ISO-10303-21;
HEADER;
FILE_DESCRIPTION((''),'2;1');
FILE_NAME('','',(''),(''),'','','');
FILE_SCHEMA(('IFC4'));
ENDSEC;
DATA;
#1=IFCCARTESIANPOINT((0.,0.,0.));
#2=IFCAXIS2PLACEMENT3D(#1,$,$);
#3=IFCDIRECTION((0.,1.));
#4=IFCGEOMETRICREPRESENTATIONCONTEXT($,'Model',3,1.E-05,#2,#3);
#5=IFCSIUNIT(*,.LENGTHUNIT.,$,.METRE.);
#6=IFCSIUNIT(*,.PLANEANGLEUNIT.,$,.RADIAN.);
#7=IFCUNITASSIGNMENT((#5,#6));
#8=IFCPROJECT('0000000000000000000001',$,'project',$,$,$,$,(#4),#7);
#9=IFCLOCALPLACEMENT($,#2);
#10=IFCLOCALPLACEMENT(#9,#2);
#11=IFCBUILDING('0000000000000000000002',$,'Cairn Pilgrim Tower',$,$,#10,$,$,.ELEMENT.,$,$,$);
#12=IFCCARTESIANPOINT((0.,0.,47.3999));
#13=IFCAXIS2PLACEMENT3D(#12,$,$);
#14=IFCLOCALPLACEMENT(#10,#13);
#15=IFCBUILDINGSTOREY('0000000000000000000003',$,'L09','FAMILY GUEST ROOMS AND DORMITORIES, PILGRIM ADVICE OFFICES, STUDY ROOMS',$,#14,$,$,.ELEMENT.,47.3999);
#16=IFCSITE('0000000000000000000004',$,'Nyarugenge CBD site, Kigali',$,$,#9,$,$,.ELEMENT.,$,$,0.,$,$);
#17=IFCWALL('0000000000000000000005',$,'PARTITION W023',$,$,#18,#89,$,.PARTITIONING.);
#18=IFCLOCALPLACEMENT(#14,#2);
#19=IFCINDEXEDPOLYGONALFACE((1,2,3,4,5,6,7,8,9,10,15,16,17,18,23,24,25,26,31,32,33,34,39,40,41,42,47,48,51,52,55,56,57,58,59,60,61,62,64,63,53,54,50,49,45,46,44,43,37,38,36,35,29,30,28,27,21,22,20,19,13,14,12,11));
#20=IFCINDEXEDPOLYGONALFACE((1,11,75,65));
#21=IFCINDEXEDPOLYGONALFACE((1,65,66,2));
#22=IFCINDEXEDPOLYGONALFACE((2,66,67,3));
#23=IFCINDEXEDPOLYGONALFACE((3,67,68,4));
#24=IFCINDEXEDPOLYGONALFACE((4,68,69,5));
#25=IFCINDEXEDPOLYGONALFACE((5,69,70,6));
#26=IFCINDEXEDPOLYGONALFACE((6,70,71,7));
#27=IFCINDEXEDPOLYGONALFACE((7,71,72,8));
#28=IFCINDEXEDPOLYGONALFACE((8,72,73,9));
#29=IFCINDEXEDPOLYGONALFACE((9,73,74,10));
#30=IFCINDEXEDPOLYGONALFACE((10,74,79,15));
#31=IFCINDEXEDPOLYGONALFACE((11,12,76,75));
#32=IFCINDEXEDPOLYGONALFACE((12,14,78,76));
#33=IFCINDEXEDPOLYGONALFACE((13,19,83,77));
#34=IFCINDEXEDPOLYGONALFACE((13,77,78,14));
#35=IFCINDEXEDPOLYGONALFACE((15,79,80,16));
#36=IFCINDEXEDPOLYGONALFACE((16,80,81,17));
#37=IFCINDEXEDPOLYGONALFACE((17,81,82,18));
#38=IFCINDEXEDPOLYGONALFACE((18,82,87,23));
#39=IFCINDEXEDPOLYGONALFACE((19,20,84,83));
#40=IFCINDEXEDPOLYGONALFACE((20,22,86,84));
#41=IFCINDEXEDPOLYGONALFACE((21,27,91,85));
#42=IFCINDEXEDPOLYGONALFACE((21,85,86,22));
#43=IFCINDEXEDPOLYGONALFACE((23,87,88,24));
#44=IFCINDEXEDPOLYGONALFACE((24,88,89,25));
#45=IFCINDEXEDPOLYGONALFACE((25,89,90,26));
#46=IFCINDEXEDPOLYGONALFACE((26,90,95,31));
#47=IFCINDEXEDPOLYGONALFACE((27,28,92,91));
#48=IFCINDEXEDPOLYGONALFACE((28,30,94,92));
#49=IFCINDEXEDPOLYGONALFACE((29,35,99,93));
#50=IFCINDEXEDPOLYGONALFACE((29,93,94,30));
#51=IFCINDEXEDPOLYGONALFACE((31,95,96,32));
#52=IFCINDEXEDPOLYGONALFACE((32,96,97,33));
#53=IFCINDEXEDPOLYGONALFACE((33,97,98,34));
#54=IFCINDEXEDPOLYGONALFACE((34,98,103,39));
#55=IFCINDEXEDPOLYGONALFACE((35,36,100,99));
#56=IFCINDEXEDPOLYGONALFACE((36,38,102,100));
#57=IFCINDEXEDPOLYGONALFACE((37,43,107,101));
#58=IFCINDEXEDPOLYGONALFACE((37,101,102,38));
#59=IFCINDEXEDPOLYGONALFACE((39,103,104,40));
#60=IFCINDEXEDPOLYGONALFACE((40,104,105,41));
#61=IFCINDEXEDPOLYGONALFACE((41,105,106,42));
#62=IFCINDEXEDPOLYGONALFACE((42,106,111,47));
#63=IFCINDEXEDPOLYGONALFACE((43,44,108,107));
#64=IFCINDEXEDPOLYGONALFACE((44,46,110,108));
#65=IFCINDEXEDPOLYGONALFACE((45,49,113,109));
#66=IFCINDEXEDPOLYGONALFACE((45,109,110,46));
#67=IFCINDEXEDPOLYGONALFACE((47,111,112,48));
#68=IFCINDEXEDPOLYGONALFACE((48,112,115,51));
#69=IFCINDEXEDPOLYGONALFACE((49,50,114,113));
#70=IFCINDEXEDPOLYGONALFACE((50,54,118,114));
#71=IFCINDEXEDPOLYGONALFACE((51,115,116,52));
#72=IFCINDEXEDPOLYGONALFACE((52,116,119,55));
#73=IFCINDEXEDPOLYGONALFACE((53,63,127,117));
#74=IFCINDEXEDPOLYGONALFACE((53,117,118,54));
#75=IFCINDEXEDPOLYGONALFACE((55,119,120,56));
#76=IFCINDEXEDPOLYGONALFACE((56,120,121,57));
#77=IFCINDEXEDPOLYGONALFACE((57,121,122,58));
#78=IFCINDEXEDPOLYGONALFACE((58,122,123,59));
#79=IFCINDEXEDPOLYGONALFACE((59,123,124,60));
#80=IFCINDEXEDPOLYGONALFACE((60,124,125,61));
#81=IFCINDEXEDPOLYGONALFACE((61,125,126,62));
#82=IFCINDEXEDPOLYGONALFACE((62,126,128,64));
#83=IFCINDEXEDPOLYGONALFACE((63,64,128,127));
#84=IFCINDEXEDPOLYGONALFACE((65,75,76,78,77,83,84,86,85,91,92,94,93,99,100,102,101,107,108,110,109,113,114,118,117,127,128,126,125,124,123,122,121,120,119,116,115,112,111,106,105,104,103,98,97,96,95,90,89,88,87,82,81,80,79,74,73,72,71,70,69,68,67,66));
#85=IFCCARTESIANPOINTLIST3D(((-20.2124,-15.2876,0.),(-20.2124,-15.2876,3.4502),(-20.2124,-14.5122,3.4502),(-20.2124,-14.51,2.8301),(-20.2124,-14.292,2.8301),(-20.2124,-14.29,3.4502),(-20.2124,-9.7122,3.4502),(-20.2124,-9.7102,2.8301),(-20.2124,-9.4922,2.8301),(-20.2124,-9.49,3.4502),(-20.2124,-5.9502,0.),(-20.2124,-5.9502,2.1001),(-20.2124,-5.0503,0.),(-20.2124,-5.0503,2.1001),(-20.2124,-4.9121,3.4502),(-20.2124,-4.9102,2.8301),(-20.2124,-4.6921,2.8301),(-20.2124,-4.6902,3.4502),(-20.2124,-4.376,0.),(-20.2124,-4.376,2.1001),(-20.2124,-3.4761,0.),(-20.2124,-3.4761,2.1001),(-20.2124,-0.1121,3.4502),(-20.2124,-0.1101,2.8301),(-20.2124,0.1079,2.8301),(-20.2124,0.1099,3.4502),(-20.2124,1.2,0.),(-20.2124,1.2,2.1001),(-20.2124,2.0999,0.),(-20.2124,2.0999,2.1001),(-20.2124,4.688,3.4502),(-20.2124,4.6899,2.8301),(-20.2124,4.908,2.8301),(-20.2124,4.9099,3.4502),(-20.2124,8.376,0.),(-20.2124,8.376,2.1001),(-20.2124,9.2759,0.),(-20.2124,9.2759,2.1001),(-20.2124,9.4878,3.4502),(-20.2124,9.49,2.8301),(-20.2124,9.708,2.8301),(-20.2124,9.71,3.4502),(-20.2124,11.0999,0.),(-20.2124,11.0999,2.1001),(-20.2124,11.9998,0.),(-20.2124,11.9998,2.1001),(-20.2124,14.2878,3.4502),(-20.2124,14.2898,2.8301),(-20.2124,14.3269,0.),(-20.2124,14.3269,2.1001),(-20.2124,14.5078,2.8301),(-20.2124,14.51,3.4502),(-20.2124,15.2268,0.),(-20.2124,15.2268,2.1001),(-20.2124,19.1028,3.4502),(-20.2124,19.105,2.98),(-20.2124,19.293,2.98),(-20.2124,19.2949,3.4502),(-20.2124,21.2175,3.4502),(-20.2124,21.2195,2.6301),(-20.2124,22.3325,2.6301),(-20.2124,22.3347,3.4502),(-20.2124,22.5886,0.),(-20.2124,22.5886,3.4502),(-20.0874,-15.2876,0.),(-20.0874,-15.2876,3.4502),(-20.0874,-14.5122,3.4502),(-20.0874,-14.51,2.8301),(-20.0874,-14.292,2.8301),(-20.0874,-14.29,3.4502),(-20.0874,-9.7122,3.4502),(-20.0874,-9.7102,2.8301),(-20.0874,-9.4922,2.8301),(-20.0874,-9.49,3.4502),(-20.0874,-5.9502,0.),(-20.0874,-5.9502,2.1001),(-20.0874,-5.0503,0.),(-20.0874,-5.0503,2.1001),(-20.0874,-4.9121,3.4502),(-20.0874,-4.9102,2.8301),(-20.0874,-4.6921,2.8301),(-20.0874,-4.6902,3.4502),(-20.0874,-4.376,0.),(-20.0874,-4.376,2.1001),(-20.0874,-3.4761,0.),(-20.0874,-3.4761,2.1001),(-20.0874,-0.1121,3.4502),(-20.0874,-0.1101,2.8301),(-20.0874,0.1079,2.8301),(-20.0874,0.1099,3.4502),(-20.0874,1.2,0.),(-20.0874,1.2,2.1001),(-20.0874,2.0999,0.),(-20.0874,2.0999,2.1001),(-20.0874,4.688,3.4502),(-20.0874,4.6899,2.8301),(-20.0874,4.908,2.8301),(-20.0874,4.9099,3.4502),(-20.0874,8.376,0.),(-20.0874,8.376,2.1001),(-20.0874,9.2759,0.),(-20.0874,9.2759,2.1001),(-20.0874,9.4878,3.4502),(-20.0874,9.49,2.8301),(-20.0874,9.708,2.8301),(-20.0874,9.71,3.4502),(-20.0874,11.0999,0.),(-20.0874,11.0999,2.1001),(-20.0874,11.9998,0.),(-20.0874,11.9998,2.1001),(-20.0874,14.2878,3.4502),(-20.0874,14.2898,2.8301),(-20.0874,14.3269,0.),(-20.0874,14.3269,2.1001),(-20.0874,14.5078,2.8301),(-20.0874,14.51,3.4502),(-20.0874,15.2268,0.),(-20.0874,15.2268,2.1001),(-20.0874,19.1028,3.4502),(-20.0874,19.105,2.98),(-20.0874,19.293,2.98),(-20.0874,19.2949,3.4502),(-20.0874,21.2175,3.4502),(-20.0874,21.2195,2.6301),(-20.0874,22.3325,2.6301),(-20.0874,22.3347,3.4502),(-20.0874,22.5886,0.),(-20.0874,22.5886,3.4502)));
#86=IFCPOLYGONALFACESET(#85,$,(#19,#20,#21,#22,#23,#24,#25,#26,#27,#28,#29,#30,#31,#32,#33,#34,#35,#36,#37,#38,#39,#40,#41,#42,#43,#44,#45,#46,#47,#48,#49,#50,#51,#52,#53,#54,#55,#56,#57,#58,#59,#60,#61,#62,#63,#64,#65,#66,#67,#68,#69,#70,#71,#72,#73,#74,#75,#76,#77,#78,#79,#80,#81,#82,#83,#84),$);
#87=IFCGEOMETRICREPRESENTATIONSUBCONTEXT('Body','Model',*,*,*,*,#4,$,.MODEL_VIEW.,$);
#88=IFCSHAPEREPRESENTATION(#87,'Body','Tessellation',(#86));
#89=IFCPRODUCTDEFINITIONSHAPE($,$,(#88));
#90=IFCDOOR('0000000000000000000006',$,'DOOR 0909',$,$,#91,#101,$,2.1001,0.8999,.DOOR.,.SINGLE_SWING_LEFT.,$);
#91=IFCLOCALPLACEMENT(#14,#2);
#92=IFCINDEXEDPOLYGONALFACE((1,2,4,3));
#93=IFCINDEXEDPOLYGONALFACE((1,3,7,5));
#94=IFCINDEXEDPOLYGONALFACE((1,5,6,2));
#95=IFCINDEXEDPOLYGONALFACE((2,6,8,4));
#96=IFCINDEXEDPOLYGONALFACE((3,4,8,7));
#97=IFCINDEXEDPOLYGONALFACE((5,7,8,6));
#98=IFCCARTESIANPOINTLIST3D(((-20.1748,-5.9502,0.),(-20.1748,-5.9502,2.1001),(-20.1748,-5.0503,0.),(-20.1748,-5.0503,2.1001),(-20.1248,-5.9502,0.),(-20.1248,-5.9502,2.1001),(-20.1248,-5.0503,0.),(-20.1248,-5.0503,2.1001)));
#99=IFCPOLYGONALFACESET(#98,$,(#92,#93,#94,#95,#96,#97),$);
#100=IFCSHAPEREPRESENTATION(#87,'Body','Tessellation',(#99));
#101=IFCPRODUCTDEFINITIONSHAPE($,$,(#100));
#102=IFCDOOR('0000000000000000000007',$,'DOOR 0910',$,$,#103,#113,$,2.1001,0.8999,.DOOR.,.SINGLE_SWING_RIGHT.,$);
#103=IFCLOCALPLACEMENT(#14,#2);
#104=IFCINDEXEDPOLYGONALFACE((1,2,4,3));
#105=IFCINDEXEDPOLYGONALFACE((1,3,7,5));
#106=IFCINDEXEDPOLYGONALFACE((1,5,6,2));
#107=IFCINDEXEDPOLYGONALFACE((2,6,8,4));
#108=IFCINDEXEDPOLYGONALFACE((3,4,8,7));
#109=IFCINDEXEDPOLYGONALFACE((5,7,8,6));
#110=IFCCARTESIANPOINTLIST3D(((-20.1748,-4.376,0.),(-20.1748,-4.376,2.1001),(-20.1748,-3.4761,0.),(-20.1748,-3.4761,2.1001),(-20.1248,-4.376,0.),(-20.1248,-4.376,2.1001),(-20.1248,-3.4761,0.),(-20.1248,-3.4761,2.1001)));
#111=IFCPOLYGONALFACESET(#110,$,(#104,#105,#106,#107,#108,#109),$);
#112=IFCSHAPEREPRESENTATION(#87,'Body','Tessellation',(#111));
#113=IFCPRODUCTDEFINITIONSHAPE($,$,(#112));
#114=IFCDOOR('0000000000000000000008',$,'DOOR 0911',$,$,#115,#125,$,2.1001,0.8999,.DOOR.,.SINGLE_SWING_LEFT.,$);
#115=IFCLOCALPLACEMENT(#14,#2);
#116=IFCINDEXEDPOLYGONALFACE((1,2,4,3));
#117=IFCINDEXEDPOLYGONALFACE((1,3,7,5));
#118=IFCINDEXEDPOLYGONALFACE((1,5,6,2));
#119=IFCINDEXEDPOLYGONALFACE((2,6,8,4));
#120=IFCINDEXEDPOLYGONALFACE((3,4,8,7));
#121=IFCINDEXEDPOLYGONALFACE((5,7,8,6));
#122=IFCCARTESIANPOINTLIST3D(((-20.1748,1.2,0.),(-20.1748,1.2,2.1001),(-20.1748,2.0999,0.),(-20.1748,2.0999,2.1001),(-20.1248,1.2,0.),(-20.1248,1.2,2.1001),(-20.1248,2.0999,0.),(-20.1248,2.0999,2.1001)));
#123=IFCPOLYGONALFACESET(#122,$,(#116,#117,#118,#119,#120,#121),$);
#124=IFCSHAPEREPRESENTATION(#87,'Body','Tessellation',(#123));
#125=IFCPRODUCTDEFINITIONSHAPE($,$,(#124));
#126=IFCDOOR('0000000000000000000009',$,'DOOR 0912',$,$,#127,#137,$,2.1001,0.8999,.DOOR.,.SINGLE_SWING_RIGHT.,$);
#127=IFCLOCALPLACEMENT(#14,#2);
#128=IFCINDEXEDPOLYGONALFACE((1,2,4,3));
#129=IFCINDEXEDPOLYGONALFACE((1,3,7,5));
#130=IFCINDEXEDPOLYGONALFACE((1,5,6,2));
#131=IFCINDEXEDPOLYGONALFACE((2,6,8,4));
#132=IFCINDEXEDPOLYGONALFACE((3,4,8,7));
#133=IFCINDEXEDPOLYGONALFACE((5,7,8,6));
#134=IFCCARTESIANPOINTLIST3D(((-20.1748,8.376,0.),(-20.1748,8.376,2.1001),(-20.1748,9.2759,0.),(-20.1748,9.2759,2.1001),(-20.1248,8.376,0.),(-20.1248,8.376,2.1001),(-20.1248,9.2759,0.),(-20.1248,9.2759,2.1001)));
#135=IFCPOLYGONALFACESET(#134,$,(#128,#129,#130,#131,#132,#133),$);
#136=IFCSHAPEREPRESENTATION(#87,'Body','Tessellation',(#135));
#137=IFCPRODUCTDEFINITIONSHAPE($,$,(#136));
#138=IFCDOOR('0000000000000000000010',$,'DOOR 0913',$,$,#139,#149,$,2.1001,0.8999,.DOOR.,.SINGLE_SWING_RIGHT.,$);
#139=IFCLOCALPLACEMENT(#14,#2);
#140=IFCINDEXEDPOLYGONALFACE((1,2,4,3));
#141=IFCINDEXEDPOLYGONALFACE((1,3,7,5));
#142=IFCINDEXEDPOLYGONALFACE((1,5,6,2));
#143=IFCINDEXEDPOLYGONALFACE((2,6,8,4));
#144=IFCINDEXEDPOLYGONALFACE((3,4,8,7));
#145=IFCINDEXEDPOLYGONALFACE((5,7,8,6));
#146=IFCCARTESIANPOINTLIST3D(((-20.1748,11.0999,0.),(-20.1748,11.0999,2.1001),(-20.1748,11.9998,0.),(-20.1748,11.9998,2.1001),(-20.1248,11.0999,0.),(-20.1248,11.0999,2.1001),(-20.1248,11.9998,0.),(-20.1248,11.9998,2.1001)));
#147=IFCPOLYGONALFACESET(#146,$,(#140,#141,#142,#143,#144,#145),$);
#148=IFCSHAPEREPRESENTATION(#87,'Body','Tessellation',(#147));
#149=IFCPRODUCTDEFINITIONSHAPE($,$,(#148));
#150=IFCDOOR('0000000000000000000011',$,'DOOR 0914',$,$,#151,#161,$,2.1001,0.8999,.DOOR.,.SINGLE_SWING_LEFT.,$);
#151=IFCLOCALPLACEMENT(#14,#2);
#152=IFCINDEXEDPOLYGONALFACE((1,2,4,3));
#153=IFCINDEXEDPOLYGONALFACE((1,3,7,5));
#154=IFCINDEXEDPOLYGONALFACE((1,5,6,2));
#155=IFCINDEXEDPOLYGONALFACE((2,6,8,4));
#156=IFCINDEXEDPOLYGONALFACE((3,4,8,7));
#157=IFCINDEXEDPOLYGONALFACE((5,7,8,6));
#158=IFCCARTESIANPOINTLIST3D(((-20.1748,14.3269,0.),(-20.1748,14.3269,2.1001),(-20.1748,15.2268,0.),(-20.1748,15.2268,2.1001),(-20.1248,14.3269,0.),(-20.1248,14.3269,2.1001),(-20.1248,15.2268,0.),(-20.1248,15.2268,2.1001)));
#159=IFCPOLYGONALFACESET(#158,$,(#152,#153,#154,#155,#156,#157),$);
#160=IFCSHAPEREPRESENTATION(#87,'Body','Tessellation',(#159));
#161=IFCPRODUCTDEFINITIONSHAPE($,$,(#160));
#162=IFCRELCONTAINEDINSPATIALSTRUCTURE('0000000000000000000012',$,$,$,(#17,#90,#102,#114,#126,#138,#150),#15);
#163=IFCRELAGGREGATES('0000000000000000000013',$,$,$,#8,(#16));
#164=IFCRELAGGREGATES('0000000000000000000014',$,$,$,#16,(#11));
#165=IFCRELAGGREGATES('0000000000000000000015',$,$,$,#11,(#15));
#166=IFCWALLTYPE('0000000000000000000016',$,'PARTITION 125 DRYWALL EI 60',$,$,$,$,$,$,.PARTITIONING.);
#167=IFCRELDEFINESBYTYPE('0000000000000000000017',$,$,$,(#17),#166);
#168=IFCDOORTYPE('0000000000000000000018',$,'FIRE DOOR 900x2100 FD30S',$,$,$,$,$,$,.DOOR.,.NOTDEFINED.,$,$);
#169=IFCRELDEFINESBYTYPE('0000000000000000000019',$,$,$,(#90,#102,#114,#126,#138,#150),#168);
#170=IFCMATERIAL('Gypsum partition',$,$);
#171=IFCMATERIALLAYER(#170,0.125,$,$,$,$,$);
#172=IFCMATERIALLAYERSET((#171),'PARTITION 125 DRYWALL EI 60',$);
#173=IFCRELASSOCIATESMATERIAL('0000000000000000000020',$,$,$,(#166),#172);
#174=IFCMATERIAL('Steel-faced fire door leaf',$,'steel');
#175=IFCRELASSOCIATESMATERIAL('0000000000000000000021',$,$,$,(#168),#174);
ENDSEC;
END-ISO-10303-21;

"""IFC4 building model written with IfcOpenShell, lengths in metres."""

from ifc_helpers import new_model, si_unit, direction, frame, frame_2d, origin, place, context, subcontext, project, spatial, polyline, rectangle, outline, extrude, material, layer, layer_set, type_object, element, fill, save


model = new_model("IFC4")

# Units and contexts
model_context = context("Model", 3, precision=1e-05, world=origin(), true_north=direction((0.0, 1.0)))
body_context = subcontext(model_context, "Body", "Model", "MODEL_VIEW")
ifc_project = project(units=[si_unit("LENGTHUNIT", "METRE"), si_unit("PLANEANGLEUNIT", "RADIAN")], contexts=[model_context])

# Site, building, storey
site_placement = place(None, origin())
site = spatial("IfcSite", under=ifc_project, at=site_placement, Name="Nyarugenge CBD site, Kigali", CompositionType="ELEMENT", RefElevation=0.0)
building_placement = place(site_placement, origin())
building = spatial("IfcBuilding", under=site, at=building_placement, Name="Cairn Pilgrim Tower", CompositionType="ELEMENT")
storey_placement = place(building_placement, frame((0.0, 0.0, 47.3999)))
storey = spatial("IfcBuildingStorey", under=building, at=storey_placement, Name="L09", Description="FAMILY GUEST ROOMS AND DORMITORIES, PILGRIM ADVICE OFFICES, STUDY ROOMS", CompositionType="ELEMENT", Elevation=47.3999)

# Wall, openings, doors
ifc_material_1 = material(Name="Gypsum partition")
ifc_layer_1 = layer(ifc_material_1, 0.125)
ifc_layer_set_1 = layer_set([ifc_layer_1], Name="PARTITION 125 DRYWALL EI 60")
wall_type_1 = type_object("IfcWallType", Name="PARTITION 125 DRYWALL EI 60", PredefinedType="PARTITIONING", material=ifc_layer_set_1)
ifc_material_2 = material(Name="Steel-faced fire door leaf", Category="steel")
door_type = type_object("IfcDoorType", Name="FIRE DOOR 900x2100 FD30S", OperationType="NOTDEFINED", PredefinedType="DOOR", material=ifc_material_2)
wall_1_placement = place(storey_placement, frame((-20.1499, -15.2876, 0.0), z_axis=(0.0, 0.0, 1.0), x_axis=(0.0, 1.0, 0.0)))
wall_1 = element("IfcWall", 1, at=wall_1_placement, inside=storey, type_object=wall_type_1, Name="PARTITION W023", PredefinedType="PARTITIONING", context=body_context, shape_type="SweptSolid", body=[
    extrude(outline(polyline([(0.0, 0.0), (37.8762, 0.0), (37.8762, 3.4502), (37.6223, 3.4502), (37.6201, 2.6301), (36.5071, 2.6301), (36.5051, 3.4502), (34.5825, 3.4502), (34.5806, 2.98), (34.3926, 2.98), (34.3904, 3.4502), (29.7976, 3.4502), (29.7954, 2.8301), (29.5774, 2.8301), (29.5754, 3.4502), (24.9976, 3.4502), (24.9956, 2.8301), (24.7776, 2.8301), (24.7754, 3.4502), (20.1975, 3.4502), (20.1956, 2.8301), (19.9775, 2.8301), (19.9756, 3.4502), (15.3975, 3.4502), (15.3955, 2.8301), (15.1775, 2.8301), (15.1755, 3.4502), (10.5974, 3.4502), (10.5955, 2.8301), (10.3774, 2.8301), (10.3755, 3.4502), (5.7976, 3.4502), (5.7954, 2.8301), (5.5774, 2.8301), (5.5754, 3.4502), (0.9976, 3.4502), (0.9956, 2.8301), (0.7776, 2.8301), (0.7754, 3.4502), (0.0, 3.4502), (0.0, 0.0)])), frame((0.0, 0.0625, 0.0), z_axis=(0.0, -1.0, 0.0), x_axis=(1.0, 0.0, 0.0)), (0.0, 0.0, 1.0), 0.125),
])
opening_1_placement = place(wall_1_placement, frame((9.3374, 0.0, 0.0)))
opening_1 = element("IfcOpeningElement", 2, at=opening_1_placement, cuts=wall_1, PredefinedType="OPENING", context=body_context, shape_type="SweptSolid", body=[
    extrude(rectangle(XDim=0.8999, YDim=2.1001, at=frame_2d((0.45, 1.05))), frame((0.0, 0.0725, 0.0), z_axis=(0.0, -1.0, 0.0), x_axis=(1.0, 0.0, 0.0)), (0.0, 0.0, 1.0), 0.145),
])
opening_2_placement = place(wall_1_placement, frame((10.9116, 0.0, 0.0)))
opening_2 = element("IfcOpeningElement", 3, at=opening_2_placement, cuts=wall_1, PredefinedType="OPENING", context=body_context, shape_type="SweptSolid", body=[
    extrude(rectangle(XDim=0.8999, YDim=2.1001, at=frame_2d((0.45, 1.05))), frame((0.0, 0.0725, 0.0), z_axis=(0.0, -1.0, 0.0), x_axis=(1.0, 0.0, 0.0)), (0.0, 0.0, 1.0), 0.145),
])
opening_3_placement = place(wall_1_placement, frame((16.4875, 0.0, 0.0)))
opening_3 = element("IfcOpeningElement", 4, at=opening_3_placement, cuts=wall_1, PredefinedType="OPENING", context=body_context, shape_type="SweptSolid", body=[
    extrude(rectangle(XDim=0.8999, YDim=2.1001, at=frame_2d((0.45, 1.05))), frame((0.0, 0.0725, 0.0), z_axis=(0.0, -1.0, 0.0), x_axis=(1.0, 0.0, 0.0)), (0.0, 0.0, 1.0), 0.145),
])
opening_4_placement = place(wall_1_placement, frame((23.6636, 0.0, 0.0)))
opening_4 = element("IfcOpeningElement", 5, at=opening_4_placement, cuts=wall_1, PredefinedType="OPENING", context=body_context, shape_type="SweptSolid", body=[
    extrude(rectangle(XDim=0.8999, YDim=2.1001, at=frame_2d((0.45, 1.05))), frame((0.0, 0.0725, 0.0), z_axis=(0.0, -1.0, 0.0), x_axis=(1.0, 0.0, 0.0)), (0.0, 0.0, 1.0), 0.145),
])
opening_5_placement = place(wall_1_placement, frame((26.3875, 0.0, 0.0)))
opening_5 = element("IfcOpeningElement", 6, at=opening_5_placement, cuts=wall_1, PredefinedType="OPENING", context=body_context, shape_type="SweptSolid", body=[
    extrude(rectangle(XDim=0.8999, YDim=2.1001, at=frame_2d((0.45, 1.05))), frame((0.0, 0.0725, 0.0), z_axis=(0.0, -1.0, 0.0), x_axis=(1.0, 0.0, 0.0)), (0.0, 0.0, 1.0), 0.145),
])
opening_6_placement = place(wall_1_placement, frame((29.6145, 0.0, 0.0)))
opening_6 = element("IfcOpeningElement", 7, at=opening_6_placement, cuts=wall_1, PredefinedType="OPENING", context=body_context, shape_type="SweptSolid", body=[
    extrude(rectangle(XDim=0.8999, YDim=2.1001, at=frame_2d((0.45, 1.05))), frame((0.0, 0.0725, 0.0), z_axis=(0.0, -1.0, 0.0), x_axis=(1.0, 0.0, 0.0)), (0.0, 0.0, 1.0), 0.145),
])
door_1_placement = place(opening_1_placement, origin())
door_1 = element("IfcDoor", 8, at=door_1_placement, inside=storey, type_object=door_type, Name="DOOR 0909", OperationType="SINGLE_SWING_LEFT", OverallHeight=2.1001, OverallWidth=0.8999, PredefinedType="DOOR", context=body_context, shape_type="SweptSolid", body=[
    extrude(rectangle(XDim=0.8999, YDim=2.1001, at=frame_2d((0.45, 1.05))), frame((0.0, 0.0249, 0.0), z_axis=(0.0, -1.0, 0.0), x_axis=(1.0, 0.0, 0.0)), (0.0, 0.0, 1.0), 0.05),
])
fill(opening_1, door_1)
door_2_placement = place(opening_2_placement, origin())
door_2 = element("IfcDoor", 9, at=door_2_placement, inside=storey, type_object=door_type, Name="DOOR 0910", OperationType="SINGLE_SWING_RIGHT", OverallHeight=2.1001, OverallWidth=0.8999, PredefinedType="DOOR", context=body_context, shape_type="SweptSolid", body=[
    extrude(rectangle(XDim=0.8999, YDim=2.1001, at=frame_2d((0.45, 1.05))), frame((0.0, 0.0249, 0.0), z_axis=(0.0, -1.0, 0.0), x_axis=(1.0, 0.0, 0.0)), (0.0, 0.0, 1.0), 0.05),
])
fill(opening_2, door_2)
door_3_placement = place(opening_3_placement, origin())
door_3 = element("IfcDoor", 10, at=door_3_placement, inside=storey, type_object=door_type, Name="DOOR 0911", OperationType="SINGLE_SWING_LEFT", OverallHeight=2.1001, OverallWidth=0.8999, PredefinedType="DOOR", context=body_context, shape_type="SweptSolid", body=[
    extrude(rectangle(XDim=0.8999, YDim=2.1001, at=frame_2d((0.45, 1.05))), frame((0.0, 0.0249, 0.0), z_axis=(0.0, -1.0, 0.0), x_axis=(1.0, 0.0, 0.0)), (0.0, 0.0, 1.0), 0.05),
])
fill(opening_3, door_3)
door_4_placement = place(opening_4_placement, origin())
door_4 = element("IfcDoor", 11, at=door_4_placement, inside=storey, type_object=door_type, Name="DOOR 0912", OperationType="SINGLE_SWING_RIGHT", OverallHeight=2.1001, OverallWidth=0.8999, PredefinedType="DOOR", context=body_context, shape_type="SweptSolid", body=[
    extrude(rectangle(XDim=0.8999, YDim=2.1001, at=frame_2d((0.45, 1.05))), frame((0.0, 0.0249, 0.0), z_axis=(0.0, -1.0, 0.0), x_axis=(1.0, 0.0, 0.0)), (0.0, 0.0, 1.0), 0.05),
])
fill(opening_4, door_4)
door_5_placement = place(opening_5_placement, origin())
door_5 = element("IfcDoor", 12, at=door_5_placement, inside=storey, type_object=door_type, Name="DOOR 0913", OperationType="SINGLE_SWING_RIGHT", OverallHeight=2.1001, OverallWidth=0.8999, PredefinedType="DOOR", context=body_context, shape_type="SweptSolid", body=[
    extrude(rectangle(XDim=0.8999, YDim=2.1001, at=frame_2d((0.45, 1.05))), frame((0.0, 0.0249, 0.0), z_axis=(0.0, -1.0, 0.0), x_axis=(1.0, 0.0, 0.0)), (0.0, 0.0, 1.0), 0.05),
])
fill(opening_5, door_5)
door_6_placement = place(opening_6_placement, origin())
door_6 = element("IfcDoor", 13, at=door_6_placement, inside=storey, type_object=door_type, Name="DOOR 0914", OperationType="SINGLE_SWING_LEFT", OverallHeight=2.1001, OverallWidth=0.8999, PredefinedType="DOOR", context=body_context, shape_type="SweptSolid", body=[
    extrude(rectangle(XDim=0.8999, YDim=2.1001, at=frame_2d((0.45, 1.05))), frame((0.0, 0.0249, 0.0), z_axis=(0.0, -1.0, 0.0), x_axis=(1.0, 0.0, 0.0)), (0.0, 0.0, 1.0), 0.05),
])
fill(opening_6, door_6)

save(model, "model.ifc")
